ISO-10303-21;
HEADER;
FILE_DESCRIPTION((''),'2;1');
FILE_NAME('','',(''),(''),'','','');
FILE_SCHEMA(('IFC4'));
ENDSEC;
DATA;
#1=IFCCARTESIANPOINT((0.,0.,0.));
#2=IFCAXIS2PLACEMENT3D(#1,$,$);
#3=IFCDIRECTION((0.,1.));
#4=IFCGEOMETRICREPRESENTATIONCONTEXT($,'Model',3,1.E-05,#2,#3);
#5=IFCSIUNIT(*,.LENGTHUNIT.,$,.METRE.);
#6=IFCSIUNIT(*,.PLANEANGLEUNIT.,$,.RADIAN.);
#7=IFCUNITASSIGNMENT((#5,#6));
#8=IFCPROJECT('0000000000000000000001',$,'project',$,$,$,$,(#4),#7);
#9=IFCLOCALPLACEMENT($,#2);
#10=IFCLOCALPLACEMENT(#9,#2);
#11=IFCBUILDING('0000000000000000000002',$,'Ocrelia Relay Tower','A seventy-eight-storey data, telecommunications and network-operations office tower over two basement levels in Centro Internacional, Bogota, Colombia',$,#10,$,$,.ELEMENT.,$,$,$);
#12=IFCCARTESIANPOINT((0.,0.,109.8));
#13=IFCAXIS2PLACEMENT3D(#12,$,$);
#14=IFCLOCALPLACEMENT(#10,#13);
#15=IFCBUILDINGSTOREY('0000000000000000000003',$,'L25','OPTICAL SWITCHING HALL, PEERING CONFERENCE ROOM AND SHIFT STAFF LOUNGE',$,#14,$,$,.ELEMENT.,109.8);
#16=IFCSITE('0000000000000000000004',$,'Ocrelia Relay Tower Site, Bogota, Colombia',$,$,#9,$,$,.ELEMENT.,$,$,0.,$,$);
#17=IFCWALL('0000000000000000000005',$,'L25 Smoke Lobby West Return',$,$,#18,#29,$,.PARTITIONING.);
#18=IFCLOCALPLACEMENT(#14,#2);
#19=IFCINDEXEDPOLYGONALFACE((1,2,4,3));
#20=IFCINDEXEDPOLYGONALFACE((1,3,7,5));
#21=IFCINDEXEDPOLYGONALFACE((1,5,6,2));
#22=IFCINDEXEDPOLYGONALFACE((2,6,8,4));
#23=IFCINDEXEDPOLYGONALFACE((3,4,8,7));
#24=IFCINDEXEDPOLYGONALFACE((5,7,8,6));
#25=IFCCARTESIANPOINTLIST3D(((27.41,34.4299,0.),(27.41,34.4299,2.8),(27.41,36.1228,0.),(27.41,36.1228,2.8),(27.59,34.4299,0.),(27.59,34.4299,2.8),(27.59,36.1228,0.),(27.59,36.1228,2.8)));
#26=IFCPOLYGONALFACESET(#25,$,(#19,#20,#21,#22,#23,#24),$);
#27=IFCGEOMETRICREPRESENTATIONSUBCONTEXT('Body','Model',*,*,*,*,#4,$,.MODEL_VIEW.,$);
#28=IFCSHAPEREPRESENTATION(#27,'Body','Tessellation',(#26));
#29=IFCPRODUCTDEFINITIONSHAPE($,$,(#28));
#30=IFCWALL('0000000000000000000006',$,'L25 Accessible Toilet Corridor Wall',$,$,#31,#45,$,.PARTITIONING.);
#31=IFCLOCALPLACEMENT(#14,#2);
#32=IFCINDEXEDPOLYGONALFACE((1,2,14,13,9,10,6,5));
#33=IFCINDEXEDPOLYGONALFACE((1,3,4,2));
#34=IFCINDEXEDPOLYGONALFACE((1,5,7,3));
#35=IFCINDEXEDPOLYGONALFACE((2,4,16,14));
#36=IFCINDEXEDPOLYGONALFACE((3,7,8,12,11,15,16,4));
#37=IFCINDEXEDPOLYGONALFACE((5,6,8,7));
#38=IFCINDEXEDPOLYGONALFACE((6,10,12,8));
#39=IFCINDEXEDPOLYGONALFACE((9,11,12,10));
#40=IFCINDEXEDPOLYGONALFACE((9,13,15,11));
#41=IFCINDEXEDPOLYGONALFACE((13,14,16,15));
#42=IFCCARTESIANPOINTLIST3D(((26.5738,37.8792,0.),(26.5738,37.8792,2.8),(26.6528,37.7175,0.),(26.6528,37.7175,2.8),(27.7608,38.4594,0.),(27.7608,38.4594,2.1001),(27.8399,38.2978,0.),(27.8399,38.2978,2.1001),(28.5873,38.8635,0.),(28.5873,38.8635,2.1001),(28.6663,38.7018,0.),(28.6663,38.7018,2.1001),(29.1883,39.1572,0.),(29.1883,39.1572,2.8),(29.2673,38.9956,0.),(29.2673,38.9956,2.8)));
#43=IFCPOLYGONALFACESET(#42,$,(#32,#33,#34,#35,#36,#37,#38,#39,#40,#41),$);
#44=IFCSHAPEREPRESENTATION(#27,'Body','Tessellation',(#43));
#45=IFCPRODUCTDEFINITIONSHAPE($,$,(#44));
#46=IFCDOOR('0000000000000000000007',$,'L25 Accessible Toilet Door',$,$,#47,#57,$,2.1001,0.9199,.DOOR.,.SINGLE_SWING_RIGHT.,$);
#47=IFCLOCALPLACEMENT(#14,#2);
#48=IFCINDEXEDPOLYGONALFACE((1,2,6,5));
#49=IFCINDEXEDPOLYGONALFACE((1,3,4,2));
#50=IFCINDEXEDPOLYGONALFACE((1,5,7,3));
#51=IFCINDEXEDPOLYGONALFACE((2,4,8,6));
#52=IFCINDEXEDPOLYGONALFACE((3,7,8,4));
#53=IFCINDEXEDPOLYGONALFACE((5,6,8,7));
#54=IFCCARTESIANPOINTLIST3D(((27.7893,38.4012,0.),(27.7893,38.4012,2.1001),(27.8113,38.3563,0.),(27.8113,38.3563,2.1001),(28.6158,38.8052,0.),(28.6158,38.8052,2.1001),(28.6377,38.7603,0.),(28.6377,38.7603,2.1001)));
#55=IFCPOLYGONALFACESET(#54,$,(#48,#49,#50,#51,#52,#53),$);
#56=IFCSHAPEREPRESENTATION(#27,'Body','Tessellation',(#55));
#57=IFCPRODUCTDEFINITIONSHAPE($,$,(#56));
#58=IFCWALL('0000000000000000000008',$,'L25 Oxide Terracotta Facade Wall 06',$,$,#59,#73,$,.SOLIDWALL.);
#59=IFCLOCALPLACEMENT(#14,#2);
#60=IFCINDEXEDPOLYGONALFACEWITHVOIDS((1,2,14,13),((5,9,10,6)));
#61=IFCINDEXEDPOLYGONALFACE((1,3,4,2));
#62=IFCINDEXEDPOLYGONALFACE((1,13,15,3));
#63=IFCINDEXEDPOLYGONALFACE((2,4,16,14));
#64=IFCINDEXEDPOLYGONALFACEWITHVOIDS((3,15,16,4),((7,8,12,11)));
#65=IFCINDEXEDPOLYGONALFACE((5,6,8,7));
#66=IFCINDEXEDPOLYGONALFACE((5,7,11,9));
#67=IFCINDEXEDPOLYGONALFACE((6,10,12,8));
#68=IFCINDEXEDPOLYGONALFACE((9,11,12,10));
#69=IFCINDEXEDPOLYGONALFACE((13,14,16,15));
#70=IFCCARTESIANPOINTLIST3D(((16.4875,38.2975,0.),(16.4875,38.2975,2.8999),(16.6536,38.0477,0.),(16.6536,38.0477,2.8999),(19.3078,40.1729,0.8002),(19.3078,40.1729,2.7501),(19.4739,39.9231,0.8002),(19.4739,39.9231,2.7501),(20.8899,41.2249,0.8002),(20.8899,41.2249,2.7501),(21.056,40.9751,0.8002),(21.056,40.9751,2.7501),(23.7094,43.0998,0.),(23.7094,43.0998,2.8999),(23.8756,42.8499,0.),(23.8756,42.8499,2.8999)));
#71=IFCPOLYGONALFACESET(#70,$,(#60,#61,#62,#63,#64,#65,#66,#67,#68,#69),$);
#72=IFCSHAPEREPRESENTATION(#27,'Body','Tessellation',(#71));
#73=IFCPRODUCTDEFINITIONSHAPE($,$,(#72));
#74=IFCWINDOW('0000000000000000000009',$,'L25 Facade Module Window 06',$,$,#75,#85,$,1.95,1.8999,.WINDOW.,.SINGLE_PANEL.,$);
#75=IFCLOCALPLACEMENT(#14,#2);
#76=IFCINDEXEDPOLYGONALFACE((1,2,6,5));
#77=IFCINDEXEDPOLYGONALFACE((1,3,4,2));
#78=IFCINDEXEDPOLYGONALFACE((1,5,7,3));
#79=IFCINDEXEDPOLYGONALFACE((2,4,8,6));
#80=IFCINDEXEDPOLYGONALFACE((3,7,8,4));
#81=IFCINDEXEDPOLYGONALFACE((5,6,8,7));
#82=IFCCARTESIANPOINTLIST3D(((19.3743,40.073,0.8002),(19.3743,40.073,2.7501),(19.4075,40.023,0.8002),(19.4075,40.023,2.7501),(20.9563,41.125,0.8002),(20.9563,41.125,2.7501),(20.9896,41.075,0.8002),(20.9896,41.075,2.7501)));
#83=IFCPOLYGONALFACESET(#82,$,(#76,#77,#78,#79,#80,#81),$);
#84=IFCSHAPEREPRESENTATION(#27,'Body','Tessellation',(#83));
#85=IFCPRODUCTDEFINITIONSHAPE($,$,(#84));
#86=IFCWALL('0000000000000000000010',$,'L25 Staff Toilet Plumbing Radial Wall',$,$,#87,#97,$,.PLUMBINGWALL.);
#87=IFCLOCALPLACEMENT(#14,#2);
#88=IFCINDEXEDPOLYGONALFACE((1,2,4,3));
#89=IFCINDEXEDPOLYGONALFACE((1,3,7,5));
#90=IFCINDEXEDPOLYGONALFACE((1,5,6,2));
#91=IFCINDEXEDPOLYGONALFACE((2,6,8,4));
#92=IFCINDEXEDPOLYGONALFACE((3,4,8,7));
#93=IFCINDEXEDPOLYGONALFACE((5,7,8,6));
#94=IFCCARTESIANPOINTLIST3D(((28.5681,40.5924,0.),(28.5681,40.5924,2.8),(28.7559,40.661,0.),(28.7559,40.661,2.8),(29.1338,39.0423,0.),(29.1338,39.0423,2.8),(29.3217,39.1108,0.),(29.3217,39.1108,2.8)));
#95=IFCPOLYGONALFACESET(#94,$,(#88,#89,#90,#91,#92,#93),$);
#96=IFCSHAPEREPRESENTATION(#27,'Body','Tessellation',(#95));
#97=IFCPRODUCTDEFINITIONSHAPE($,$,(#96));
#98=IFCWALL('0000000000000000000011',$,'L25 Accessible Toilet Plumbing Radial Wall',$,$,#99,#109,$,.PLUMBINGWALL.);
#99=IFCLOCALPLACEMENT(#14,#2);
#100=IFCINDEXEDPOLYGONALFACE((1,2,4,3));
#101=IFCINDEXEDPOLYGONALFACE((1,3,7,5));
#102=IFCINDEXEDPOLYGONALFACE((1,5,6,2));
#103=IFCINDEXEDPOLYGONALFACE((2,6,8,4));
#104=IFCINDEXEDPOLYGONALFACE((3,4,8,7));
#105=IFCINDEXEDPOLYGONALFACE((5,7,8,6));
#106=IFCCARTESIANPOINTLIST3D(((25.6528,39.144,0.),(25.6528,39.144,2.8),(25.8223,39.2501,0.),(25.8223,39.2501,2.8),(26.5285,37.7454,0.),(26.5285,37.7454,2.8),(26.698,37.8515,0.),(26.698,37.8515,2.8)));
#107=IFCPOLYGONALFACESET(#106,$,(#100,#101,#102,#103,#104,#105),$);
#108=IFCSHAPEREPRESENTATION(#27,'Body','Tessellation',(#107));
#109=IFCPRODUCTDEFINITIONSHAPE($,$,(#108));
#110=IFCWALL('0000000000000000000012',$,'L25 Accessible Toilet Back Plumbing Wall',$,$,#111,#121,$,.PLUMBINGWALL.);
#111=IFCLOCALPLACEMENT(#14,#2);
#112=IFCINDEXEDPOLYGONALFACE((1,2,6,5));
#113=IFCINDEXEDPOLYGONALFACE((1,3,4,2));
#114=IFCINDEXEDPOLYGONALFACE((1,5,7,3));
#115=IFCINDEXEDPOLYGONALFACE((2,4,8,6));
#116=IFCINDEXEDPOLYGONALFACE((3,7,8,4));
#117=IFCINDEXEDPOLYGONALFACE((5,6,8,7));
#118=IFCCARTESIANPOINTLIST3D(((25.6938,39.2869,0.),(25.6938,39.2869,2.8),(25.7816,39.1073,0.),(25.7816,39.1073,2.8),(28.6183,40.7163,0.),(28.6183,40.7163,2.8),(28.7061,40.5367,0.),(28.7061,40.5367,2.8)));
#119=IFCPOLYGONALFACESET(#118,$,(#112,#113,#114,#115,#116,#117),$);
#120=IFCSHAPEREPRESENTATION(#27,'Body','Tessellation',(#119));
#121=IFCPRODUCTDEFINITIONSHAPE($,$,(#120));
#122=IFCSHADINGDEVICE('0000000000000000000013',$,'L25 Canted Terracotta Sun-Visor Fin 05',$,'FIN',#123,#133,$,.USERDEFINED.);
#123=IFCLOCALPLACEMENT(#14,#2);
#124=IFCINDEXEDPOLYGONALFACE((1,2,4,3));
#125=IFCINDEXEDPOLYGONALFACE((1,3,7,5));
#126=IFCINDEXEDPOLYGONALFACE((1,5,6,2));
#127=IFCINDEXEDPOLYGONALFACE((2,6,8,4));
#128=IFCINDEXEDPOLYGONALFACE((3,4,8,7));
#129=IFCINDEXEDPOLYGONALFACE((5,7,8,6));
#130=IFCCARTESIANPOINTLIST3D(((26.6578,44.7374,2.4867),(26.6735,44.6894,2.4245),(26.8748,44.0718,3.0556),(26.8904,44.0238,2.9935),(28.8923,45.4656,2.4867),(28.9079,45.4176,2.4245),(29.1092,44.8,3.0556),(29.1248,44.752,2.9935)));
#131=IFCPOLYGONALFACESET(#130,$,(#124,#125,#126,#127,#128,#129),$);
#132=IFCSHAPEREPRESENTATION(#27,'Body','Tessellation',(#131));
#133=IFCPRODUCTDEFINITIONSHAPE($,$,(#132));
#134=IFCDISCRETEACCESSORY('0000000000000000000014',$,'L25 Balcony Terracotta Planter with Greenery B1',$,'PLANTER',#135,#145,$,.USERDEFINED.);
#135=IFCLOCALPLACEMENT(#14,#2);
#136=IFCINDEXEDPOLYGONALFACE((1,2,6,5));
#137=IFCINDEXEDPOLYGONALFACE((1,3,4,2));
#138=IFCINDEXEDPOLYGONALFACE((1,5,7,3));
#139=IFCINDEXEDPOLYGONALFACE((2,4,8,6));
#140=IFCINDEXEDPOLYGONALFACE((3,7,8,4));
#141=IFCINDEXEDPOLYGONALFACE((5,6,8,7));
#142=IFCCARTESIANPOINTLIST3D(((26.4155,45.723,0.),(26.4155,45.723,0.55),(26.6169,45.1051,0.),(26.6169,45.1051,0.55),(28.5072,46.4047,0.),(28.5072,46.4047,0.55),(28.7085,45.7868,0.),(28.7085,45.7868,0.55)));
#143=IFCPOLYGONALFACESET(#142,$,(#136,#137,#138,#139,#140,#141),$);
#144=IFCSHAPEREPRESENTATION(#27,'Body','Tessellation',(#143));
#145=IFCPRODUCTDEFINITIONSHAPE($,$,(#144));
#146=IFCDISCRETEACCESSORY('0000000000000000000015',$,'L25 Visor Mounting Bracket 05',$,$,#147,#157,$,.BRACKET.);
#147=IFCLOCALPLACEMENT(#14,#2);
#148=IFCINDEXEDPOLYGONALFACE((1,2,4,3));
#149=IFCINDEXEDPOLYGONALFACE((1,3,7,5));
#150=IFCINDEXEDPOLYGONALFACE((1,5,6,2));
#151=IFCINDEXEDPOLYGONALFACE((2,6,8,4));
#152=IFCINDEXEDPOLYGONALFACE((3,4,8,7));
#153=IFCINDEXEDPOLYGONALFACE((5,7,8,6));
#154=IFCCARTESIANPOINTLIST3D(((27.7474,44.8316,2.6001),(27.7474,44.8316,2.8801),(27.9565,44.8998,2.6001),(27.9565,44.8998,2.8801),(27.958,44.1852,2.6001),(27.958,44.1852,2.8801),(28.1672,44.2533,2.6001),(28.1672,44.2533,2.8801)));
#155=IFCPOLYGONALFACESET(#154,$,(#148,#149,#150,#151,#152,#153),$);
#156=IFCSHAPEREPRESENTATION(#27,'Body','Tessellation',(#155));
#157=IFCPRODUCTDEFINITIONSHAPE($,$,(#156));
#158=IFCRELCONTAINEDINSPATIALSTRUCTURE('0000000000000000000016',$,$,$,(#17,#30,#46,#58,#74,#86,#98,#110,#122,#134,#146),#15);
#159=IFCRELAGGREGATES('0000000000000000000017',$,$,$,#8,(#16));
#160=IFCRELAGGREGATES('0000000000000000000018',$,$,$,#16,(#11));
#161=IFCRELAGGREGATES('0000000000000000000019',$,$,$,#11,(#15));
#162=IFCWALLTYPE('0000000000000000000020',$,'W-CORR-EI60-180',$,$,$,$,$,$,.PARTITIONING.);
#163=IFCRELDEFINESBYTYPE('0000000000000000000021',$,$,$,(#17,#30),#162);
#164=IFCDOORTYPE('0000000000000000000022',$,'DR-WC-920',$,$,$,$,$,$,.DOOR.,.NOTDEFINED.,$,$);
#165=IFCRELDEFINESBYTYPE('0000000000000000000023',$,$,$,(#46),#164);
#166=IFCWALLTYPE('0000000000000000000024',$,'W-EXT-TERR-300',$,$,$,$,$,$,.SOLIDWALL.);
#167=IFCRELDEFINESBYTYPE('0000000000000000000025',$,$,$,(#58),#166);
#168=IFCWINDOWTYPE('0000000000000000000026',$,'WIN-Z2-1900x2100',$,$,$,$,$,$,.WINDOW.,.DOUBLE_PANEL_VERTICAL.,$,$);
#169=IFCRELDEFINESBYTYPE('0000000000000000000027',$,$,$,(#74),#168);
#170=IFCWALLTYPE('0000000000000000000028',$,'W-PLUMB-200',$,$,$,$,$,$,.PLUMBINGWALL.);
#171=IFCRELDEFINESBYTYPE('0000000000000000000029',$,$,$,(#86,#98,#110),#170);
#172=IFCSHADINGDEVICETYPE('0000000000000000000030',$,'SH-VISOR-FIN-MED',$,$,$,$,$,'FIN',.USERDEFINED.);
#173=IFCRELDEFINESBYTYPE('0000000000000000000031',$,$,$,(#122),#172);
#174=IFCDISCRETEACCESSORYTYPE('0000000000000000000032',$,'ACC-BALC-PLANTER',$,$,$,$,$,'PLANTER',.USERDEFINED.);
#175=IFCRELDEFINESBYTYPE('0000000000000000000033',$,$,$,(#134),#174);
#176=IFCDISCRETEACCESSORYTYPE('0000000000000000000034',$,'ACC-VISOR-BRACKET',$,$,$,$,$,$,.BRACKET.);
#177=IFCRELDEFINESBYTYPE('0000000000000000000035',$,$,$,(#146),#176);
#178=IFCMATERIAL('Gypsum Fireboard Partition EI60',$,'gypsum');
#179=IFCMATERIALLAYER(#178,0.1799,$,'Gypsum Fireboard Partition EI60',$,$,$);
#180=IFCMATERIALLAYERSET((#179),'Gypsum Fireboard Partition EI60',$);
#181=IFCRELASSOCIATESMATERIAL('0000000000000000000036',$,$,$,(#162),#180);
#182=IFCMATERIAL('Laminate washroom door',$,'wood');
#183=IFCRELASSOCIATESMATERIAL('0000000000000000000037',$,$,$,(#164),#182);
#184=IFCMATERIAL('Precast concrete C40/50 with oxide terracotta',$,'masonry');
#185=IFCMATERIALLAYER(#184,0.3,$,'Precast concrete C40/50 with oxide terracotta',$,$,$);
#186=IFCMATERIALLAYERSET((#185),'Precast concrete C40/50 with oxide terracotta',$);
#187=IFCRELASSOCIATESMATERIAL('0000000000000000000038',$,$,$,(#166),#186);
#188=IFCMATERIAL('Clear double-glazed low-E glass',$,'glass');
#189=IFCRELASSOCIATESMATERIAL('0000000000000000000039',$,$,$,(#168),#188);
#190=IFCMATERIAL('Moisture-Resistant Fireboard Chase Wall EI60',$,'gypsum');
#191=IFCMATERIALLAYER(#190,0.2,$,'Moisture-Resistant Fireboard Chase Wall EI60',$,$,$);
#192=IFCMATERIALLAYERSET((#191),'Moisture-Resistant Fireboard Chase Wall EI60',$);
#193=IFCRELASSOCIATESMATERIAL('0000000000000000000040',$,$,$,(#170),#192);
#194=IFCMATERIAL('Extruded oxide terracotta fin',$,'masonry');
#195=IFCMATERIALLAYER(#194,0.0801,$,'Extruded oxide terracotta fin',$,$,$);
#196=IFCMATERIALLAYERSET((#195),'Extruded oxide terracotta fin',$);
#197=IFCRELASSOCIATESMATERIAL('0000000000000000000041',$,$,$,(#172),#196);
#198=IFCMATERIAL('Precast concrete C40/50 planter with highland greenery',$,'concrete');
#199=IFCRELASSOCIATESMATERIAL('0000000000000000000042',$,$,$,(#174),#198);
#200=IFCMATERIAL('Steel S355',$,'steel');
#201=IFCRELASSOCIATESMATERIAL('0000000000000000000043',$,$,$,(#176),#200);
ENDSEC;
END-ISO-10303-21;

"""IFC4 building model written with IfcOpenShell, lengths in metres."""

from ifc_helpers import new_model, si_unit, direction, frame, frame_2d, origin, origin_2d, place, context, subcontext, project, spatial, rectangle, extrude, material, layer, layer_set, type_object, element, fill, save


model = new_model("IFC4")

# Units and contexts
model_context = context("Model", 3, precision=1e-05, world=origin(), true_north=direction((0.0, 1.0)))
body_context = subcontext(model_context, "Body", "Model", "MODEL_VIEW")
ifc_project = project(units=[si_unit("LENGTHUNIT", "METRE"), si_unit("PLANEANGLEUNIT", "RADIAN")], contexts=[model_context])

# Site, building, storey
site_placement = place(None, origin())
site = spatial("IfcSite", under=ifc_project, at=site_placement, Name="Ocrelia Relay Tower Site, Bogota, Colombia", CompositionType="ELEMENT", RefElevation=0.0)
building_placement = place(site_placement, origin())
building = spatial("IfcBuilding", under=site, at=building_placement, Name="Ocrelia Relay Tower", Description="A seventy-eight-storey data, telecommunications and network-operations office tower over two basement levels in Centro Internacional, Bogota, Colombia", CompositionType="ELEMENT")
storey_placement = place(building_placement, frame((0.0, 0.0, 109.8)))
storey = spatial("IfcBuildingStorey", under=building, at=storey_placement, Name="L25", Description="OPTICAL SWITCHING HALL, PEERING CONFERENCE ROOM AND SHIFT STAFF LOUNGE", CompositionType="ELEMENT", Elevation=109.8)

# Shared definitions
ifc_material_1 = material(Name="Steel S355", Category="steel")

# Wall
ifc_material_2 = material(Name="Gypsum Fireboard Partition EI60", Category="gypsum")
ifc_layer_1 = layer(ifc_material_2, 0.1799, Name="Gypsum Fireboard Partition EI60")
ifc_layer_set_1 = layer_set([ifc_layer_1], Name="Gypsum Fireboard Partition EI60")
wall_type_1 = type_object("IfcWallType", Name="W-CORR-EI60-180", PredefinedType="PARTITIONING", material=ifc_layer_set_1)
wall_1_placement = place(storey_placement, frame((27.5, 34.4299, 0.0), z_axis=(0.0, 0.0, 1.0), x_axis=(0.0, 1.0, 0.0)))
element("IfcWall", 1, at=wall_1_placement, inside=storey, type_object=wall_type_1, Name="L25 Smoke Lobby West Return", PredefinedType="PARTITIONING", context=body_context, shape_type="SweptSolid", body=[
    extrude(rectangle(XDim=1.6929, YDim=0.1799, at=frame_2d((0.8464, 0.0))), origin(), (0.0, 0.0, 1.0), 2.8),
])

# Wall, opening, door
wall_2_placement = place(storey_placement, frame((29.2278, 39.0764, 0.0), z_axis=(0.0, 0.0, 1.0), x_axis=(-0.898401, -0.439176, 0.0)))
wall_2 = element("IfcWall", 2, at=wall_2_placement, inside=storey, type_object=wall_type_1, Name="L25 Accessible Toilet Corridor Wall", PredefinedType="PARTITIONING", context=body_context, shape_type="SweptSolid", body=[
    extrude(rectangle(XDim=2.9102, YDim=0.1799, at=frame_2d((1.4551, 0.0))), origin(), (0.0, 0.0, 1.0), 2.8),
])
opening_1_placement = place(wall_2_placement, frame((0.6689, 0.0, 0.0)))
opening_1 = element("IfcOpeningElement", 3, at=opening_1_placement, cuts=wall_2, PredefinedType="OPENING", context=body_context, shape_type="SweptSolid", body=[
    extrude(rectangle(XDim=0.9199, YDim=2.1001, at=frame_2d((0.46, 1.05))), frame((0.0, 0.1001, 0.0), z_axis=(0.0, -1.0, 0.0), x_axis=(1.0, 0.0, 0.0)), (0.0, 0.0, 1.0), 0.2),
])
ifc_material_3 = material(Name="Laminate washroom door", Category="wood")
door_type_1 = type_object("IfcDoorType", Name="DR-WC-920", OperationType="NOTDEFINED", PredefinedType="DOOR", material=ifc_material_3)
door_1_placement = place(opening_1_placement, origin())
door_1 = element("IfcDoor", 4, at=door_1_placement, inside=storey, type_object=door_type_1, Name="L25 Accessible Toilet Door", OperationType="SINGLE_SWING_RIGHT", OverallHeight=2.1001, OverallWidth=0.9199, PredefinedType="DOOR", context=body_context, shape_type="SweptSolid", body=[
    extrude(rectangle(XDim=0.9199, YDim=2.1001, at=frame_2d((0.46, 1.05))), frame((0.0, 0.0249, 0.0), z_axis=(0.0, -1.0, 0.0), x_axis=(1.0, 0.0, 0.0)), (0.0, 0.0, 1.0), 0.05),
])
fill(opening_1, door_1)

# Wall, opening, window
ifc_material_4 = material(Name="Precast concrete C40/50 with oxide terracotta", Category="masonry")
ifc_layer_2 = layer(ifc_material_4, 0.3, Name="Precast concrete C40/50 with oxide terracotta")
ifc_layer_set_2 = layer_set([ifc_layer_2], Name="Precast concrete C40/50 with oxide terracotta")
wall_type_2 = type_object("IfcWallType", Name="W-EXT-TERR-300", PredefinedType="SOLIDWALL", material=ifc_layer_set_2)
wall_3_placement = place(storey_placement, frame((23.7925, 42.9749, 0.0), z_axis=(0.0, 0.0, 1.0), x_axis=(-0.832708, -0.553712, 0.0)))
wall_3 = element("IfcWall", 5, at=wall_3_placement, inside=storey, type_object=wall_type_2, Name="L25 Oxide Terracotta Facade Wall 06", PredefinedType="SOLIDWALL", context=body_context, shape_type="SweptSolid", body=[
    extrude(rectangle(XDim=8.6729, YDim=0.3, at=frame_2d((4.3364, 0.0))), origin(), (0.0, 0.0, 1.0), 2.8999),
])
opening_2_placement = place(wall_3_placement, frame((3.386, 0.0, 0.8)))
opening_2 = element("IfcOpeningElement", 6, at=opening_2_placement, cuts=wall_3, PredefinedType="OPENING", context=body_context, shape_type="SweptSolid", body=[
    extrude(rectangle(XDim=1.8999, YDim=1.95, at=frame_2d((0.95, 0.9751))), frame((0.0, 0.1602, 0.0), z_axis=(0.0, -1.0, 0.0), x_axis=(1.0, 0.0, 0.0)), (0.0, 0.0, 1.0), 0.3201),
])
ifc_material_5 = material(Name="Clear double-glazed low-E glass", Category="glass")
window_type = type_object("IfcWindowType", Name="WIN-Z2-1900x2100", PartitioningType="DOUBLE_PANEL_VERTICAL", PredefinedType="WINDOW", material=ifc_material_5)
window_placement = place(opening_2_placement, origin())
window = element("IfcWindow", 7, at=window_placement, inside=storey, type_object=window_type, Name="L25 Facade Module Window 06", OverallHeight=1.95, OverallWidth=1.8999, PartitioningType="SINGLE_PANEL", PredefinedType="WINDOW", context=body_context, shape_type="SweptSolid", body=[
    extrude(rectangle(XDim=1.8999, YDim=1.95, at=frame_2d((0.95, 0.9751))), frame((0.0, 0.03, 0.0), z_axis=(0.0, -1.0, 0.0), x_axis=(1.0, 0.0, 0.0)), (0.0, 0.0, 1.0), 0.0601),
])
fill(opening_2, window)

# Walls
ifc_material_6 = material(Name="Moisture-Resistant Fireboard Chase Wall EI60", Category="gypsum")
ifc_layer_3 = layer(ifc_material_6, 0.2, Name="Moisture-Resistant Fireboard Chase Wall EI60")
ifc_layer_set_3 = layer_set([ifc_layer_3], Name="Moisture-Resistant Fireboard Chase Wall EI60")
wall_type_3 = type_object("IfcWallType", Name="W-PLUMB-200", PredefinedType="PLUMBINGWALL", material=ifc_layer_set_3)
for number, where, z_axis, x_axis, name in (
    (8, (29.2278, 39.0764, 0.0), (0.0, 0.0, 1.0), (-0.342824, 0.9394, 0.0), "L25 Staff Toilet Plumbing Radial Wall"),
    (9, (26.6133, 37.7983, 0.0), (0.0, 0.0, 1.0), (-0.530677, 0.847574, 0.0), "L25 Accessible Toilet Plumbing Radial Wall"),
):
    element("IfcWall", number, at=place(storey_placement, frame(where, z_axis=z_axis, x_axis=x_axis)), inside=storey, type_object=wall_type_3, Name=name, PredefinedType="PLUMBINGWALL", context=body_context, shape_type="SweptSolid", body=[
        extrude(rectangle(XDim=1.6501, YDim=0.2, at=frame_2d((0.8252, 0.0))), origin(), (0.0, 0.0, 1.0), 2.8),
    ])
wall_4_placement = place(storey_placement, frame((28.6621, 40.6265, 0.0), z_axis=(0.0, 0.0, 1.0), x_axis=(-0.898426, -0.439125, 0.0)))
element("IfcWall", 10, at=wall_4_placement, inside=storey, type_object=wall_type_3, Name="L25 Accessible Toilet Back Plumbing Wall", PredefinedType="PLUMBINGWALL", context=body_context, shape_type="SweptSolid", body=[
    extrude(rectangle(XDim=3.2551, YDim=0.2, at=frame_2d((1.6274, 0.0))), origin(), (0.0, 0.0, 1.0), 2.8),
])

# Shading device
ifc_material_7 = material(Name="Extruded oxide terracotta fin", Category="masonry")
ifc_layer_4 = layer(ifc_material_7, 0.0801, Name="Extruded oxide terracotta fin")
ifc_layer_set_4 = layer_set([ifc_layer_4], Name="Extruded oxide terracotta fin")
shading_device_type = type_object("IfcShadingDeviceType", Name="SH-VISOR-FIN-MED", ElementType="FIN", PredefinedType="USERDEFINED", material=ifc_layer_set_4)
shading_device_placement = place(storey_placement, frame((27.8992, 44.7207, 2.709), z_axis=(-0.195413, 0.599638, 0.776046), x_axis=(-0.950787, -0.309847, 0.0)))
element("IfcShadingDevice", 11, at=shading_device_placement, inside=storey, type_object=shading_device_type, Name="L25 Canted Terracotta Sun-Visor Fin 05", ObjectType="FIN", PredefinedType="USERDEFINED", context=body_context, shape_type="SweptSolid", body=[
    extrude(rectangle(XDim=2.3501, YDim=0.9021, at=origin_2d()), origin(), (0.0, 0.0, 1.0), 0.0801),
])

# Discrete accessories
ifc_material_8 = material(Name="Precast concrete C40/50 planter with highland greenery", Category="concrete")
discrete_accessory_type_1 = type_object("IfcDiscreteAccessoryType", Name="ACC-BALC-PLANTER", ElementType="PLANTER", PredefinedType="USERDEFINED", material=ifc_material_8)
discrete_accessory_1_placement = place(storey_placement, frame((27.562, 45.7549, 0.0), z_axis=(0.0, 0.0, 1.0), x_axis=(0.950784, 0.309853, 0.0)))
element("IfcDiscreteAccessory", 12, at=discrete_accessory_1_placement, inside=storey, type_object=discrete_accessory_type_1, Name="L25 Balcony Terracotta Planter with Greenery B1", ObjectType="PLANTER", PredefinedType="USERDEFINED", context=body_context, shape_type="SweptSolid", body=[
    extrude(rectangle(XDim=2.2, YDim=0.6499, at=origin_2d()), origin(), (0.0, 0.0, 1.0), 0.55),
])
discrete_accessory_type_2 = type_object("IfcDiscreteAccessoryType", Name="ACC-VISOR-BRACKET", PredefinedType="BRACKET", material=ifc_material_1)
discrete_accessory_2_placement = place(storey_placement, frame((27.9573, 44.5425, 2.6001), z_axis=(0.0, 0.0, 1.0), x_axis=(-0.950787, -0.309847, 0.0)))
element("IfcDiscreteAccessory", 13, at=discrete_accessory_2_placement, inside=storey, type_object=discrete_accessory_type_2, Name="L25 Visor Mounting Bracket 05", PredefinedType="BRACKET", context=body_context, shape_type="SweptSolid", body=[
    extrude(rectangle(XDim=0.22, YDim=0.6799, at=origin_2d()), origin(), (0.0, 0.0, 1.0), 0.28),
])

save(model, "model.ifc")
